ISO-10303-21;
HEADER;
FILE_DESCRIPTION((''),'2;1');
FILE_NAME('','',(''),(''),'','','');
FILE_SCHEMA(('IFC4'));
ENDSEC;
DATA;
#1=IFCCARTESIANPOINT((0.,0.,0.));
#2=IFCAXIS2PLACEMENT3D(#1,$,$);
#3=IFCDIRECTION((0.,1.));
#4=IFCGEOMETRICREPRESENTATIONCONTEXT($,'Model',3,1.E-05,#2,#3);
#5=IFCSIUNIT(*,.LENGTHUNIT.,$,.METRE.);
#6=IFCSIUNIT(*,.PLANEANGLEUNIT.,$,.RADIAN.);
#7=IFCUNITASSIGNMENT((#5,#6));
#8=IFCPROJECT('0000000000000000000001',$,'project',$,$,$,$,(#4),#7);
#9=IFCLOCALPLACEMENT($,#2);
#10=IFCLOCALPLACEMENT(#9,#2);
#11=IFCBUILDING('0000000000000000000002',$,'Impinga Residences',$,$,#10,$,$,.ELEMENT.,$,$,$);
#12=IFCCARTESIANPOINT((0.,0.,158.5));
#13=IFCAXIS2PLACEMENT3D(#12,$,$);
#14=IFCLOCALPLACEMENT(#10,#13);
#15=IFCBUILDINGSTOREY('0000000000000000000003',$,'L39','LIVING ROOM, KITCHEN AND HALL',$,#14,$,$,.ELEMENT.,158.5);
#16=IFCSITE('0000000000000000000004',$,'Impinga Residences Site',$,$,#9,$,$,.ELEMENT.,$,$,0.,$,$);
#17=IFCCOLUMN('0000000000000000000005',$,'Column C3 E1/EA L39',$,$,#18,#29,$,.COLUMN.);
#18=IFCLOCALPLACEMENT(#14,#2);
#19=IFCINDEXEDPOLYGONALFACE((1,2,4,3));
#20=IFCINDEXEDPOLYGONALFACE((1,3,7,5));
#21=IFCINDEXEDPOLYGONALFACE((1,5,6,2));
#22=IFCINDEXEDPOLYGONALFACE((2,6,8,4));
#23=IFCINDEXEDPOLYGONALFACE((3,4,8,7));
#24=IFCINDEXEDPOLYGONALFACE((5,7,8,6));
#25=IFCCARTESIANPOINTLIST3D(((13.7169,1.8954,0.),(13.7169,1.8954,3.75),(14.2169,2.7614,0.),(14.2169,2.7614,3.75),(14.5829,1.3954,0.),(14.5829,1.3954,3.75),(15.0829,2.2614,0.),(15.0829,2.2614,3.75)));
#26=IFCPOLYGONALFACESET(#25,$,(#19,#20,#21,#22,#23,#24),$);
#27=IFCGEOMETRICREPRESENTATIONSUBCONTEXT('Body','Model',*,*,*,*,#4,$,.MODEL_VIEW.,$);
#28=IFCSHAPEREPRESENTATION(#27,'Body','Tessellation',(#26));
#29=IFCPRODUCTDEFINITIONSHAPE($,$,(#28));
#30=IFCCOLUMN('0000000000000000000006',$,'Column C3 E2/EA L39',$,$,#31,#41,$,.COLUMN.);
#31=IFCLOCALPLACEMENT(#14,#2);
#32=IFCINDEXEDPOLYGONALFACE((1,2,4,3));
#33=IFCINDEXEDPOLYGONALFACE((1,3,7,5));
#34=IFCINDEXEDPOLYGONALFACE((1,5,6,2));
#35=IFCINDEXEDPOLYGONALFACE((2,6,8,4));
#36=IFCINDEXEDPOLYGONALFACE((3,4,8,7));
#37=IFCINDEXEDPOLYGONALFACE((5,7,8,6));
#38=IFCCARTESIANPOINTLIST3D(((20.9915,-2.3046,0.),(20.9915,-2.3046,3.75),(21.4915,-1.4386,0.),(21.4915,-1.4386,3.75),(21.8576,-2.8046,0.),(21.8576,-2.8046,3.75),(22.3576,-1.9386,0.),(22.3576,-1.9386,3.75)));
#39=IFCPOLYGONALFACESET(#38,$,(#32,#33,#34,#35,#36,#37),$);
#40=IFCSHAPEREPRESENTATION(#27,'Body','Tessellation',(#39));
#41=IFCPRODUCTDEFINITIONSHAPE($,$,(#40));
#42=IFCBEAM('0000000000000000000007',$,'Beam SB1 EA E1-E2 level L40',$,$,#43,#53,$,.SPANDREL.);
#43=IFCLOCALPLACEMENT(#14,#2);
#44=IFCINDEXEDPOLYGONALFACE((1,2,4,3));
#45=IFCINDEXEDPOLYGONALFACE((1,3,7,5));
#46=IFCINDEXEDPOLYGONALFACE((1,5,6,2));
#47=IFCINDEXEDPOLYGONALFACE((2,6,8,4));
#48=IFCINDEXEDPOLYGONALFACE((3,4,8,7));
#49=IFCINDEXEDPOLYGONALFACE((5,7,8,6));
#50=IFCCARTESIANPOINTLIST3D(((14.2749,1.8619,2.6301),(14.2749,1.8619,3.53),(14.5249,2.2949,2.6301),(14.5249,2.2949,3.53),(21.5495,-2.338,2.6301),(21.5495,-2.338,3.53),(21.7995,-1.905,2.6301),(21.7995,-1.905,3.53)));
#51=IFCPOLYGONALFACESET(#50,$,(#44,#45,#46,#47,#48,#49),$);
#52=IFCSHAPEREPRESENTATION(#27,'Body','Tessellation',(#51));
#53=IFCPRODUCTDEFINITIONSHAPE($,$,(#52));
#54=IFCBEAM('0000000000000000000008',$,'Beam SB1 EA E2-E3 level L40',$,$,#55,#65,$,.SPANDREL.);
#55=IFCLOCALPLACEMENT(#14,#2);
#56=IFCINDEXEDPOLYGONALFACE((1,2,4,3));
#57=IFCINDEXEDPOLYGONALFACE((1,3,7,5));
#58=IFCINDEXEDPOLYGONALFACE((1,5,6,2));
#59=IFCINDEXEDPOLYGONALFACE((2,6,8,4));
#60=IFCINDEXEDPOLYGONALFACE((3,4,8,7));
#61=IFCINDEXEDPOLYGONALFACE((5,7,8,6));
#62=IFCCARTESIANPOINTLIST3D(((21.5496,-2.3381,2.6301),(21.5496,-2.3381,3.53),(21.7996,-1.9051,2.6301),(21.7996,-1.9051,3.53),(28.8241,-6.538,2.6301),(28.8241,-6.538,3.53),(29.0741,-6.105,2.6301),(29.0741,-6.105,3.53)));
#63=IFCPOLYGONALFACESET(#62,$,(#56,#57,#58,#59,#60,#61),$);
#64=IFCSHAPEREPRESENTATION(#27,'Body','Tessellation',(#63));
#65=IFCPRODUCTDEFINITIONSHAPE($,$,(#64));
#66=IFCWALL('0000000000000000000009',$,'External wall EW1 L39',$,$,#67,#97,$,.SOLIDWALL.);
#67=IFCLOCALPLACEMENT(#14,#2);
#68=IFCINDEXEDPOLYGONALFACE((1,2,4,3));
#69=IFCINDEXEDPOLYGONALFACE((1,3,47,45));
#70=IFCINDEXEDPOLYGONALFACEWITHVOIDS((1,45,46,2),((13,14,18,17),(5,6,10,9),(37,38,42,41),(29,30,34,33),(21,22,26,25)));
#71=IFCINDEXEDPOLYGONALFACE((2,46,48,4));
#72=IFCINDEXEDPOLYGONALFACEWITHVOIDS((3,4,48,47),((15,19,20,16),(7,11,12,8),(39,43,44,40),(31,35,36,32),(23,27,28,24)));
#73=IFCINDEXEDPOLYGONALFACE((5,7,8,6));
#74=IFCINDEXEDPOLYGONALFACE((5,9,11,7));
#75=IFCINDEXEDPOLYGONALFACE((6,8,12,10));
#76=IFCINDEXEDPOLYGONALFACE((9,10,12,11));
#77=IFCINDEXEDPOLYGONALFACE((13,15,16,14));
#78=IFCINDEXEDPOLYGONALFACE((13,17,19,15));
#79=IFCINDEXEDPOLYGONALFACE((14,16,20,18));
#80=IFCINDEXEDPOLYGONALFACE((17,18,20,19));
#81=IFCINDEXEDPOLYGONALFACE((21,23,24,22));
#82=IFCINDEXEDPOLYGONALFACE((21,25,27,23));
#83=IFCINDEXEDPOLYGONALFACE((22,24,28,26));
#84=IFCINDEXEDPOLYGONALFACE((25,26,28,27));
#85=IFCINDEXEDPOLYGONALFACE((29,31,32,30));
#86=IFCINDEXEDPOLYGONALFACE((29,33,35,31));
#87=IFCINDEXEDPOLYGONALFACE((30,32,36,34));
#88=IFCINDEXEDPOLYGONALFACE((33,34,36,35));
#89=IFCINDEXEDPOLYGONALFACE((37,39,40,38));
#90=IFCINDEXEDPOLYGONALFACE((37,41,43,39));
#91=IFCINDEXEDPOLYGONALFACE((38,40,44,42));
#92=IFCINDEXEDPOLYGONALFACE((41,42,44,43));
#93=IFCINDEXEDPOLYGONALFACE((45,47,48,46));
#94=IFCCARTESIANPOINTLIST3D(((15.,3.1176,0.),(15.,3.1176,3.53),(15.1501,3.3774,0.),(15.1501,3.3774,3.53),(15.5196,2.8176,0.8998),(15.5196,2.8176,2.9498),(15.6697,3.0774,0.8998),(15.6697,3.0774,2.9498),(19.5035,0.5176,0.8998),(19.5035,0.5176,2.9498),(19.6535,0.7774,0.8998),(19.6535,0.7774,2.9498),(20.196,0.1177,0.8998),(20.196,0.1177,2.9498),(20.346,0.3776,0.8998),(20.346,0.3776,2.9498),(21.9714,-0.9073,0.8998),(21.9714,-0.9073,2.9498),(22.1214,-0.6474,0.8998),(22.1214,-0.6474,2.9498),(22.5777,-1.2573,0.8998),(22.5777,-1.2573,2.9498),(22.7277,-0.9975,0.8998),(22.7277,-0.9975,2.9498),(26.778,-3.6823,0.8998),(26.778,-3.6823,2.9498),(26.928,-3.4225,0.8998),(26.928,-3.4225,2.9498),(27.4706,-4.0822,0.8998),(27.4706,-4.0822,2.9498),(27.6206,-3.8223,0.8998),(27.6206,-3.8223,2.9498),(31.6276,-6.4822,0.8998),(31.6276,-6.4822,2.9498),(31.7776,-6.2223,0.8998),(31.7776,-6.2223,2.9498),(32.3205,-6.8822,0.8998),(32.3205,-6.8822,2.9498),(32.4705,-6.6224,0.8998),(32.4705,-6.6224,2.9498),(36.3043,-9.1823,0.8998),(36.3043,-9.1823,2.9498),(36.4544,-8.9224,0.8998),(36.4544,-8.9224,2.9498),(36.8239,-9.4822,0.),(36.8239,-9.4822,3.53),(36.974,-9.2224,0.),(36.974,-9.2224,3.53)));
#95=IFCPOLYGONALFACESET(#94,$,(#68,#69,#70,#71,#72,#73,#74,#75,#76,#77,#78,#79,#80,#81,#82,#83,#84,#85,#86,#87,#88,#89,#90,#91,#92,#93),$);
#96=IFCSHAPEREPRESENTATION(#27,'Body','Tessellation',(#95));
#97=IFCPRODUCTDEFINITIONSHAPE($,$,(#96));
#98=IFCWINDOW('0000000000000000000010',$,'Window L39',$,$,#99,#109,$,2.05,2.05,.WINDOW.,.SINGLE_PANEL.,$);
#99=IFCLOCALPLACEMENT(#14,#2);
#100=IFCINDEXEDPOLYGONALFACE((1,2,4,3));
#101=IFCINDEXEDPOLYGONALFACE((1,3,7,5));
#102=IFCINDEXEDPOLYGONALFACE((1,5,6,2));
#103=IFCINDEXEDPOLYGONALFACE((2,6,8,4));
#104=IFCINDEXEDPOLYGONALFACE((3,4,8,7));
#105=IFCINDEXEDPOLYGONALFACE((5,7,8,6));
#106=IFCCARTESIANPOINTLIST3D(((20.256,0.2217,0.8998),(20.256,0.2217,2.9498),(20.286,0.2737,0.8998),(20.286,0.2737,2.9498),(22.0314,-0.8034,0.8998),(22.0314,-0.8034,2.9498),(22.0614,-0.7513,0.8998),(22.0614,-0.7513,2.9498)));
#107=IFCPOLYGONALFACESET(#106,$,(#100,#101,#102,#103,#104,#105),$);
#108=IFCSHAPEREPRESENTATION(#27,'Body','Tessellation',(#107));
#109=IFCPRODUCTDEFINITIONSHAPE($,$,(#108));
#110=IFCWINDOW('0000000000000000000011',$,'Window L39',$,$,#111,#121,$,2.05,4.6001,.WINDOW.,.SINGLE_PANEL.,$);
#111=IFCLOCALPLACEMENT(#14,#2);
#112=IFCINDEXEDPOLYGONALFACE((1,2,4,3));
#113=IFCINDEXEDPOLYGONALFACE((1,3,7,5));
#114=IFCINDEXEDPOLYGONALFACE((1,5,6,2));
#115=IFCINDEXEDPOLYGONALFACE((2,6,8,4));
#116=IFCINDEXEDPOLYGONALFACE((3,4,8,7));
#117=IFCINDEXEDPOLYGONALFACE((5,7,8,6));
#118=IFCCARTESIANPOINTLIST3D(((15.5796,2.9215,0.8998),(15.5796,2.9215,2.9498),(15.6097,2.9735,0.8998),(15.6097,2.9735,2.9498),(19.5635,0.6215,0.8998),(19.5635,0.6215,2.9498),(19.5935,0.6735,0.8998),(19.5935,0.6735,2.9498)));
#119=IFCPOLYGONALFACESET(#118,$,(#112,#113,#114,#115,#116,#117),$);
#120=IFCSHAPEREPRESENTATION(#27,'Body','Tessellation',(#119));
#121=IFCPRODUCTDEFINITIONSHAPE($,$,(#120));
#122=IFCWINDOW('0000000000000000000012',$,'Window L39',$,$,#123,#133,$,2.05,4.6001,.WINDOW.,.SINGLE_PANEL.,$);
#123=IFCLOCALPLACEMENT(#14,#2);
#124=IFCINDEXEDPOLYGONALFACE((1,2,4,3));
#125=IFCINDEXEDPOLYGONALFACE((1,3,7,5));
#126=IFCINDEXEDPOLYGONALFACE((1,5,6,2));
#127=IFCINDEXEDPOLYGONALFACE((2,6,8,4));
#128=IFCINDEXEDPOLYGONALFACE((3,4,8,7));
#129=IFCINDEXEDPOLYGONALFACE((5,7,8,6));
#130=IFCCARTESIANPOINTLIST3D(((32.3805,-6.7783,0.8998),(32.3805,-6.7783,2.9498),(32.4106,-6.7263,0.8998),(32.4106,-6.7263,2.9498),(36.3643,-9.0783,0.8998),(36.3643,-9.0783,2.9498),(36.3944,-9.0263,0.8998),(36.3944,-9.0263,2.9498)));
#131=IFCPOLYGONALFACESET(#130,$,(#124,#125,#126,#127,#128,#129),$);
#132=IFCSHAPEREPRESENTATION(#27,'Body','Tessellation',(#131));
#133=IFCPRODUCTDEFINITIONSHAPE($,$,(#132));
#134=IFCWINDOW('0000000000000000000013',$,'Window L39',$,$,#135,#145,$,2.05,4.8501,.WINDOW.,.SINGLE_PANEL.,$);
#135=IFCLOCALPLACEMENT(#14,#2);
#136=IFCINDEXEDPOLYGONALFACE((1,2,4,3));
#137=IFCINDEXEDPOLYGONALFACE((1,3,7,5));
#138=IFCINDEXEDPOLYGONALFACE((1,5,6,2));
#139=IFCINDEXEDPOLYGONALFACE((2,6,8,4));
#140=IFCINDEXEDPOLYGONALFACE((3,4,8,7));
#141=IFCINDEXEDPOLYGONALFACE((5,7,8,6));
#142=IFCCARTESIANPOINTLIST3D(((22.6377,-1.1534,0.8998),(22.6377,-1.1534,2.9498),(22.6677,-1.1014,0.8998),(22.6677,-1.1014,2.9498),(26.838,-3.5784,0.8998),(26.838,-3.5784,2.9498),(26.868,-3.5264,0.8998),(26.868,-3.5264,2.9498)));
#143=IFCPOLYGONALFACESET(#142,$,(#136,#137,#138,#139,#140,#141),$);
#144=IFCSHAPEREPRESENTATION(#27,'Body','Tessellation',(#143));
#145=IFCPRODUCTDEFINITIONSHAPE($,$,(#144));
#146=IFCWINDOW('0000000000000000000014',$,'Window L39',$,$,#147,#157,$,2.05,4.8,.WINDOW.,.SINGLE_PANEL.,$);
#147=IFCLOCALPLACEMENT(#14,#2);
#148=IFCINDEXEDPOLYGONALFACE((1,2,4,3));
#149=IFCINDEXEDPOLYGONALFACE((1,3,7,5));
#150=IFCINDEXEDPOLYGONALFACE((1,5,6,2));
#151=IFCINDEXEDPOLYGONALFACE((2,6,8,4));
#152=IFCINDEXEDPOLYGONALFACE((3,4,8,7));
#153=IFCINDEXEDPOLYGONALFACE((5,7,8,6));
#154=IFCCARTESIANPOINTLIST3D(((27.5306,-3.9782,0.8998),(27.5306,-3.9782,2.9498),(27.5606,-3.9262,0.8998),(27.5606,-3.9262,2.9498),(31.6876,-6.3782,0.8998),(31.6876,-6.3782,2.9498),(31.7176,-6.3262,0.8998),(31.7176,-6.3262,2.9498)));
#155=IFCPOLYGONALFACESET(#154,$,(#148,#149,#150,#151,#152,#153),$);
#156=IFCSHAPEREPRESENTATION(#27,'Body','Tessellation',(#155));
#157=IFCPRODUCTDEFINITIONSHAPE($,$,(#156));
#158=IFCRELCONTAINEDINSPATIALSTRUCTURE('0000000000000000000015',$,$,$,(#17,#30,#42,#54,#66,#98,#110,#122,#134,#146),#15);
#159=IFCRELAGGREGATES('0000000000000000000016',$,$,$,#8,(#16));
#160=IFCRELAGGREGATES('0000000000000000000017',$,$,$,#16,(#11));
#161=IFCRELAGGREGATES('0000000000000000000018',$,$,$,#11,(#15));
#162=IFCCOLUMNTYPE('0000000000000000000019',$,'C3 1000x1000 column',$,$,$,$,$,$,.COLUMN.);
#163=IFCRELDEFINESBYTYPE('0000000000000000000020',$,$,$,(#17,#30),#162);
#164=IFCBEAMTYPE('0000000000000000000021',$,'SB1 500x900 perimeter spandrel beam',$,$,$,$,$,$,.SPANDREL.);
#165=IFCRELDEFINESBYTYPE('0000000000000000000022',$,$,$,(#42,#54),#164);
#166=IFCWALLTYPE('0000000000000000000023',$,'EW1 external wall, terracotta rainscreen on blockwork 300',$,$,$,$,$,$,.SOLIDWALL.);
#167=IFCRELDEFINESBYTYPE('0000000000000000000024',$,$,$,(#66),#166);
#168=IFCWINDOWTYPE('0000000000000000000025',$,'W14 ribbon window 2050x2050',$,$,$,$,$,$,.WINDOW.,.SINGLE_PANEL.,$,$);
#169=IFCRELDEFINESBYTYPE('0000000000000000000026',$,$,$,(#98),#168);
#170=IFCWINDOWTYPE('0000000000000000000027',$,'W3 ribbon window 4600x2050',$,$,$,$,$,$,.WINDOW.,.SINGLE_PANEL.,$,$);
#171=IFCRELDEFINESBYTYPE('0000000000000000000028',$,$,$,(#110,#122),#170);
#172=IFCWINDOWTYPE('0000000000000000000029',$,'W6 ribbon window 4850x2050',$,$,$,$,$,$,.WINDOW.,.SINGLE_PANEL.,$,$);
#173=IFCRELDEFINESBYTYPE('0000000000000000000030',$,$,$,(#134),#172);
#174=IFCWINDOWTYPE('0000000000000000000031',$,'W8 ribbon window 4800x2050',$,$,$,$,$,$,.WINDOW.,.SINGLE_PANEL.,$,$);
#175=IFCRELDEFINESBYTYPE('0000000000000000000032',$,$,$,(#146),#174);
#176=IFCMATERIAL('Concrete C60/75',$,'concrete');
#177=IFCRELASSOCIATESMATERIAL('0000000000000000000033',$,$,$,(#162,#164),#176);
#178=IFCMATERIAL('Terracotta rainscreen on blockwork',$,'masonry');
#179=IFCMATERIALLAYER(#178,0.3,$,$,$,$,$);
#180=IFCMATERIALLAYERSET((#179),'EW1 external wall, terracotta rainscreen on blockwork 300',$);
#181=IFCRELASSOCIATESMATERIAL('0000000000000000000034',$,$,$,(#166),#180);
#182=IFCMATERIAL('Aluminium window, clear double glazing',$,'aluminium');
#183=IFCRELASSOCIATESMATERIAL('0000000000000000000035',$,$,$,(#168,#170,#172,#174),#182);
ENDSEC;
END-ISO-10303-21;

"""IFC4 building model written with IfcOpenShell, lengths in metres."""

from ifc_helpers import new_model, si_unit, direction, frame, frame_2d, origin, origin_2d, place, context, subcontext, project, spatial, rectangle, extrude, material, layer, layer_set, material_profile, profile_set, type_object, element, fill, save


model = new_model("IFC4")

# Units and contexts
model_context = context("Model", 3, precision=1e-05, world=origin(), true_north=direction((0.0, 1.0)))
body_context = subcontext(model_context, "Body", "Model", "MODEL_VIEW")
ifc_project = project(units=[si_unit("LENGTHUNIT", "METRE"), si_unit("PLANEANGLEUNIT", "RADIAN")], contexts=[model_context])

# Site, building, storey
site_placement = place(None, origin())
site = spatial("IfcSite", under=ifc_project, at=site_placement, Name="Impinga Residences Site", CompositionType="ELEMENT", RefElevation=0.0)
building_placement = place(site_placement, origin())
building = spatial("IfcBuilding", under=site, at=building_placement, Name="Impinga Residences", CompositionType="ELEMENT")
storey_placement = place(building_placement, frame((0.0, 0.0, 158.5)))
storey = spatial("IfcBuildingStorey", under=building, at=storey_placement, Name="L39", Description="LIVING ROOM, KITCHEN AND HALL", CompositionType="ELEMENT", Elevation=158.5)

# Columns
ifc_material_1 = material(Name="Concrete C60/75", Category="concrete")
ifc_material_profile_1 = material_profile(ifc_material_1, rectangle(XDim=1.0, YDim=1.0, at=origin_2d()), Name="RC 1000x1000")
ifc_profile_set_1 = profile_set([ifc_material_profile_1], Name="Concrete C60/75")
column_type = type_object("IfcColumnType", Name="C3 1000x1000 column", PredefinedType="COLUMN", material=ifc_profile_set_1)
for number, where, z_axis, x_axis, name in (
    (1, (14.3999, 2.0784, 0.0), (0.0, 0.0, 1.0), (-0.5, -0.866025, 0.0), "Column C3 E1/EA L39"),
    (2, (21.6746, -2.1216, 0.0), (0.0, 0.0, 1.0), (-0.5, -0.866025, 0.0), "Column C3 E2/EA L39"),
):
    element("IfcColumn", number, at=place(storey_placement, frame(where, z_axis=z_axis, x_axis=x_axis)), inside=storey, type_object=column_type, Name=name, PredefinedType="COLUMN", context=body_context, shape_type="SweptSolid", body=[
        extrude(rectangle(XDim=1.0, YDim=1.0, at=origin_2d()), origin(), (0.0, 0.0, 1.0), 3.75),
    ])

# Beams
ifc_material_profile_2 = material_profile(ifc_material_1, rectangle(XDim=0.5, YDim=0.8999, at=origin_2d()), Name="RC 500x900")
ifc_profile_set_2 = profile_set([ifc_material_profile_2], Name="Concrete C60/75")
beam_type = type_object("IfcBeamType", Name="SB1 500x900 perimeter spandrel beam", PredefinedType="SPANDREL", material=ifc_profile_set_2)
for number, where, z_axis, x_axis, name in (
    (3, (14.3999, 2.0784, 3.0801), (0.866029, -0.499993, 0.0), (0.499993, 0.866029, 0.0), "Beam SB1 EA E1-E2 level L40"),
    (4, (21.6746, -2.1216, 3.0801), (0.866029, -0.499993, 0.0), (0.499993, 0.866029, 0.0), "Beam SB1 EA E2-E3 level L40"),
):
    element("IfcBeam", number, at=place(storey_placement, frame(where, z_axis=z_axis, x_axis=x_axis)), inside=storey, type_object=beam_type, Name=name, PredefinedType="SPANDREL", context=body_context, shape_type="SweptSolid", body=[
        extrude(rectangle(XDim=0.5, YDim=0.8999, at=origin_2d()), origin(), (0.0, 0.0, 1.0), 8.3999),
    ])

# Wall, openings, windows
ifc_material_2 = material(Name="Terracotta rainscreen on blockwork", Category="masonry")
ifc_layer_1 = layer(ifc_material_2, 0.3)
ifc_layer_set_1 = layer_set([ifc_layer_1], Name="EW1 external wall, terracotta rainscreen on blockwork 300")
wall_type_1 = type_object("IfcWallType", Name="EW1 external wall, terracotta rainscreen on blockwork 300", PredefinedType="SOLIDWALL", material=ifc_layer_set_1)
wall_1_placement = place(storey_placement, frame((15.075, 3.2476, 0.0), z_axis=(0.0, 0.0, 1.0), x_axis=(0.866029, -0.499993, 0.0)))
wall_1 = element("IfcWall", 5, at=wall_1_placement, inside=storey, type_object=wall_type_1, Name="External wall EW1 L39", PredefinedType="SOLIDWALL", context=body_context, shape_type="SweptSolid", body=[
    extrude(rectangle(XDim=25.2, YDim=0.3, at=frame_2d((12.6001, 0.0))), origin(), (0.0, 0.0, 1.0), 3.53),
])
opening_1_placement = place(wall_1_placement, frame((0.6001, 0.0, 0.8999)))
opening_1 = element("IfcOpeningElement", 6, at=opening_1_placement, cuts=wall_1, PredefinedType="OPENING", context=body_context, shape_type="SweptSolid", body=[
    extrude(rectangle(XDim=4.6001, YDim=2.05, at=frame_2d((2.3, 1.0249))), frame((0.0, 0.1599, 0.0), z_axis=(0.0, -1.0, 0.0), x_axis=(1.0, 0.0, 0.0)), (0.0, 0.0, 1.0), 0.3201),
])
opening_2_placement = place(wall_1_placement, frame((6.0, 0.0, 0.8999)))
opening_2 = element("IfcOpeningElement", 7, at=opening_2_placement, cuts=wall_1, PredefinedType="OPENING", context=body_context, shape_type="SweptSolid", body=[
    extrude(rectangle(XDim=2.05, YDim=2.05, at=frame_2d((1.0249, 1.0249))), frame((0.0, 0.1599, 0.0), z_axis=(0.0, -1.0, 0.0), x_axis=(1.0, 0.0, 0.0)), (0.0, 0.0, 1.0), 0.3201),
])
opening_3_placement = place(wall_1_placement, frame((8.75, 0.0, 0.8999)))
opening_3 = element("IfcOpeningElement", 8, at=opening_3_placement, cuts=wall_1, PredefinedType="OPENING", context=body_context, shape_type="SweptSolid", body=[
    extrude(rectangle(XDim=4.8501, YDim=2.05, at=frame_2d((2.425, 1.0249))), frame((0.0, 0.1599, 0.0), z_axis=(0.0, -1.0, 0.0), x_axis=(1.0, 0.0, 0.0)), (0.0, 0.0, 1.0), 0.3201),
])
opening_4_placement = place(wall_1_placement, frame((14.3999, 0.0, 0.8999)))
opening_4 = element("IfcOpeningElement", 9, at=opening_4_placement, cuts=wall_1, PredefinedType="OPENING", context=body_context, shape_type="SweptSolid", body=[
    extrude(rectangle(XDim=4.8, YDim=2.05, at=frame_2d((2.3999, 1.0249))), frame((0.0, 0.1599, 0.0), z_axis=(0.0, -1.0, 0.0), x_axis=(1.0, 0.0, 0.0)), (0.0, 0.0, 1.0), 0.3201),
])
opening_5_placement = place(wall_1_placement, frame((20.0, 0.0, 0.8999)))
opening_5 = element("IfcOpeningElement", 10, at=opening_5_placement, cuts=wall_1, PredefinedType="OPENING", context=body_context, shape_type="SweptSolid", body=[
    extrude(rectangle(XDim=4.6001, YDim=2.05, at=frame_2d((2.3, 1.0249))), frame((0.0, 0.1599, 0.0), z_axis=(0.0, -1.0, 0.0), x_axis=(1.0, 0.0, 0.0)), (0.0, 0.0, 1.0), 0.3201),
])
ifc_material_3 = material(Name="Aluminium window, clear double glazing", Category="aluminium")
window_type_1 = type_object("IfcWindowType", Name="W14 ribbon window 2050x2050", PartitioningType="SINGLE_PANEL", PredefinedType="WINDOW", material=ifc_material_3)
window_1_placement = place(opening_2_placement, origin())
window_1 = element("IfcWindow", 11, at=window_1_placement, inside=storey, type_object=window_type_1, Name="Window L39", OverallHeight=2.05, OverallWidth=2.05, PartitioningType="SINGLE_PANEL", PredefinedType="WINDOW", context=body_context, shape_type="SweptSolid", body=[
    extrude(rectangle(XDim=2.05, YDim=2.05, at=frame_2d((1.0249, 1.0249))), frame((0.0, 0.03, 0.0), z_axis=(0.0, -1.0, 0.0), x_axis=(1.0, 0.0, 0.0)), (0.0, 0.0, 1.0), 0.0601),
])
fill(opening_2, window_1)
window_type_2 = type_object("IfcWindowType", Name="W3 ribbon window 4600x2050", PartitioningType="SINGLE_PANEL", PredefinedType="WINDOW", material=ifc_material_3)
window_2_placement = place(opening_1_placement, origin())
window_2 = element("IfcWindow", 12, at=window_2_placement, inside=storey, type_object=window_type_2, Name="Window L39", OverallHeight=2.05, OverallWidth=4.6001, PartitioningType="SINGLE_PANEL", PredefinedType="WINDOW", context=body_context, shape_type="SweptSolid", body=[
    extrude(rectangle(XDim=4.6001, YDim=2.05, at=frame_2d((2.3, 1.0249))), frame((0.0, 0.03, 0.0), z_axis=(0.0, -1.0, 0.0), x_axis=(1.0, 0.0, 0.0)), (0.0, 0.0, 1.0), 0.0601),
])
fill(opening_1, window_2)
window_3_placement = place(opening_5_placement, origin())
window_3 = element("IfcWindow", 13, at=window_3_placement, inside=storey, type_object=window_type_2, Name="Window L39", OverallHeight=2.05, OverallWidth=4.6001, PartitioningType="SINGLE_PANEL", PredefinedType="WINDOW", context=body_context, shape_type="SweptSolid", body=[
    extrude(rectangle(XDim=4.6001, YDim=2.05, at=frame_2d((2.3, 1.0249))), frame((0.0, 0.03, 0.0), z_axis=(0.0, -1.0, 0.0), x_axis=(1.0, 0.0, 0.0)), (0.0, 0.0, 1.0), 0.0601),
])
fill(opening_5, window_3)
window_type_3 = type_object("IfcWindowType", Name="W6 ribbon window 4850x2050", PartitioningType="SINGLE_PANEL", PredefinedType="WINDOW", material=ifc_material_3)
window_4_placement = place(opening_3_placement, origin())
window_4 = element("IfcWindow", 14, at=window_4_placement, inside=storey, type_object=window_type_3, Name="Window L39", OverallHeight=2.05, OverallWidth=4.8501, PartitioningType="SINGLE_PANEL", PredefinedType="WINDOW", context=body_context, shape_type="SweptSolid", body=[
    extrude(rectangle(XDim=4.8501, YDim=2.05, at=frame_2d((2.425, 1.0249))), frame((0.0, 0.03, 0.0), z_axis=(0.0, -1.0, 0.0), x_axis=(1.0, 0.0, 0.0)), (0.0, 0.0, 1.0), 0.0601),
])
fill(opening_3, window_4)
window_type_4 = type_object("IfcWindowType", Name="W8 ribbon window 4800x2050", PartitioningType="SINGLE_PANEL", PredefinedType="WINDOW", material=ifc_material_3)
window_5_placement = place(opening_4_placement, origin())
window_5 = element("IfcWindow", 15, at=window_5_placement, inside=storey, type_object=window_type_4, Name="Window L39", OverallHeight=2.05, OverallWidth=4.8, PartitioningType="SINGLE_PANEL", PredefinedType="WINDOW", context=body_context, shape_type="SweptSolid", body=[
    extrude(rectangle(XDim=4.8, YDim=2.05, at=frame_2d((2.3999, 1.0249))), frame((0.0, 0.03, 0.0), z_axis=(0.0, -1.0, 0.0), x_axis=(1.0, 0.0, 0.0)), (0.0, 0.0, 1.0), 0.0601),
])
fill(opening_4, window_5)

save(model, "model.ifc")
